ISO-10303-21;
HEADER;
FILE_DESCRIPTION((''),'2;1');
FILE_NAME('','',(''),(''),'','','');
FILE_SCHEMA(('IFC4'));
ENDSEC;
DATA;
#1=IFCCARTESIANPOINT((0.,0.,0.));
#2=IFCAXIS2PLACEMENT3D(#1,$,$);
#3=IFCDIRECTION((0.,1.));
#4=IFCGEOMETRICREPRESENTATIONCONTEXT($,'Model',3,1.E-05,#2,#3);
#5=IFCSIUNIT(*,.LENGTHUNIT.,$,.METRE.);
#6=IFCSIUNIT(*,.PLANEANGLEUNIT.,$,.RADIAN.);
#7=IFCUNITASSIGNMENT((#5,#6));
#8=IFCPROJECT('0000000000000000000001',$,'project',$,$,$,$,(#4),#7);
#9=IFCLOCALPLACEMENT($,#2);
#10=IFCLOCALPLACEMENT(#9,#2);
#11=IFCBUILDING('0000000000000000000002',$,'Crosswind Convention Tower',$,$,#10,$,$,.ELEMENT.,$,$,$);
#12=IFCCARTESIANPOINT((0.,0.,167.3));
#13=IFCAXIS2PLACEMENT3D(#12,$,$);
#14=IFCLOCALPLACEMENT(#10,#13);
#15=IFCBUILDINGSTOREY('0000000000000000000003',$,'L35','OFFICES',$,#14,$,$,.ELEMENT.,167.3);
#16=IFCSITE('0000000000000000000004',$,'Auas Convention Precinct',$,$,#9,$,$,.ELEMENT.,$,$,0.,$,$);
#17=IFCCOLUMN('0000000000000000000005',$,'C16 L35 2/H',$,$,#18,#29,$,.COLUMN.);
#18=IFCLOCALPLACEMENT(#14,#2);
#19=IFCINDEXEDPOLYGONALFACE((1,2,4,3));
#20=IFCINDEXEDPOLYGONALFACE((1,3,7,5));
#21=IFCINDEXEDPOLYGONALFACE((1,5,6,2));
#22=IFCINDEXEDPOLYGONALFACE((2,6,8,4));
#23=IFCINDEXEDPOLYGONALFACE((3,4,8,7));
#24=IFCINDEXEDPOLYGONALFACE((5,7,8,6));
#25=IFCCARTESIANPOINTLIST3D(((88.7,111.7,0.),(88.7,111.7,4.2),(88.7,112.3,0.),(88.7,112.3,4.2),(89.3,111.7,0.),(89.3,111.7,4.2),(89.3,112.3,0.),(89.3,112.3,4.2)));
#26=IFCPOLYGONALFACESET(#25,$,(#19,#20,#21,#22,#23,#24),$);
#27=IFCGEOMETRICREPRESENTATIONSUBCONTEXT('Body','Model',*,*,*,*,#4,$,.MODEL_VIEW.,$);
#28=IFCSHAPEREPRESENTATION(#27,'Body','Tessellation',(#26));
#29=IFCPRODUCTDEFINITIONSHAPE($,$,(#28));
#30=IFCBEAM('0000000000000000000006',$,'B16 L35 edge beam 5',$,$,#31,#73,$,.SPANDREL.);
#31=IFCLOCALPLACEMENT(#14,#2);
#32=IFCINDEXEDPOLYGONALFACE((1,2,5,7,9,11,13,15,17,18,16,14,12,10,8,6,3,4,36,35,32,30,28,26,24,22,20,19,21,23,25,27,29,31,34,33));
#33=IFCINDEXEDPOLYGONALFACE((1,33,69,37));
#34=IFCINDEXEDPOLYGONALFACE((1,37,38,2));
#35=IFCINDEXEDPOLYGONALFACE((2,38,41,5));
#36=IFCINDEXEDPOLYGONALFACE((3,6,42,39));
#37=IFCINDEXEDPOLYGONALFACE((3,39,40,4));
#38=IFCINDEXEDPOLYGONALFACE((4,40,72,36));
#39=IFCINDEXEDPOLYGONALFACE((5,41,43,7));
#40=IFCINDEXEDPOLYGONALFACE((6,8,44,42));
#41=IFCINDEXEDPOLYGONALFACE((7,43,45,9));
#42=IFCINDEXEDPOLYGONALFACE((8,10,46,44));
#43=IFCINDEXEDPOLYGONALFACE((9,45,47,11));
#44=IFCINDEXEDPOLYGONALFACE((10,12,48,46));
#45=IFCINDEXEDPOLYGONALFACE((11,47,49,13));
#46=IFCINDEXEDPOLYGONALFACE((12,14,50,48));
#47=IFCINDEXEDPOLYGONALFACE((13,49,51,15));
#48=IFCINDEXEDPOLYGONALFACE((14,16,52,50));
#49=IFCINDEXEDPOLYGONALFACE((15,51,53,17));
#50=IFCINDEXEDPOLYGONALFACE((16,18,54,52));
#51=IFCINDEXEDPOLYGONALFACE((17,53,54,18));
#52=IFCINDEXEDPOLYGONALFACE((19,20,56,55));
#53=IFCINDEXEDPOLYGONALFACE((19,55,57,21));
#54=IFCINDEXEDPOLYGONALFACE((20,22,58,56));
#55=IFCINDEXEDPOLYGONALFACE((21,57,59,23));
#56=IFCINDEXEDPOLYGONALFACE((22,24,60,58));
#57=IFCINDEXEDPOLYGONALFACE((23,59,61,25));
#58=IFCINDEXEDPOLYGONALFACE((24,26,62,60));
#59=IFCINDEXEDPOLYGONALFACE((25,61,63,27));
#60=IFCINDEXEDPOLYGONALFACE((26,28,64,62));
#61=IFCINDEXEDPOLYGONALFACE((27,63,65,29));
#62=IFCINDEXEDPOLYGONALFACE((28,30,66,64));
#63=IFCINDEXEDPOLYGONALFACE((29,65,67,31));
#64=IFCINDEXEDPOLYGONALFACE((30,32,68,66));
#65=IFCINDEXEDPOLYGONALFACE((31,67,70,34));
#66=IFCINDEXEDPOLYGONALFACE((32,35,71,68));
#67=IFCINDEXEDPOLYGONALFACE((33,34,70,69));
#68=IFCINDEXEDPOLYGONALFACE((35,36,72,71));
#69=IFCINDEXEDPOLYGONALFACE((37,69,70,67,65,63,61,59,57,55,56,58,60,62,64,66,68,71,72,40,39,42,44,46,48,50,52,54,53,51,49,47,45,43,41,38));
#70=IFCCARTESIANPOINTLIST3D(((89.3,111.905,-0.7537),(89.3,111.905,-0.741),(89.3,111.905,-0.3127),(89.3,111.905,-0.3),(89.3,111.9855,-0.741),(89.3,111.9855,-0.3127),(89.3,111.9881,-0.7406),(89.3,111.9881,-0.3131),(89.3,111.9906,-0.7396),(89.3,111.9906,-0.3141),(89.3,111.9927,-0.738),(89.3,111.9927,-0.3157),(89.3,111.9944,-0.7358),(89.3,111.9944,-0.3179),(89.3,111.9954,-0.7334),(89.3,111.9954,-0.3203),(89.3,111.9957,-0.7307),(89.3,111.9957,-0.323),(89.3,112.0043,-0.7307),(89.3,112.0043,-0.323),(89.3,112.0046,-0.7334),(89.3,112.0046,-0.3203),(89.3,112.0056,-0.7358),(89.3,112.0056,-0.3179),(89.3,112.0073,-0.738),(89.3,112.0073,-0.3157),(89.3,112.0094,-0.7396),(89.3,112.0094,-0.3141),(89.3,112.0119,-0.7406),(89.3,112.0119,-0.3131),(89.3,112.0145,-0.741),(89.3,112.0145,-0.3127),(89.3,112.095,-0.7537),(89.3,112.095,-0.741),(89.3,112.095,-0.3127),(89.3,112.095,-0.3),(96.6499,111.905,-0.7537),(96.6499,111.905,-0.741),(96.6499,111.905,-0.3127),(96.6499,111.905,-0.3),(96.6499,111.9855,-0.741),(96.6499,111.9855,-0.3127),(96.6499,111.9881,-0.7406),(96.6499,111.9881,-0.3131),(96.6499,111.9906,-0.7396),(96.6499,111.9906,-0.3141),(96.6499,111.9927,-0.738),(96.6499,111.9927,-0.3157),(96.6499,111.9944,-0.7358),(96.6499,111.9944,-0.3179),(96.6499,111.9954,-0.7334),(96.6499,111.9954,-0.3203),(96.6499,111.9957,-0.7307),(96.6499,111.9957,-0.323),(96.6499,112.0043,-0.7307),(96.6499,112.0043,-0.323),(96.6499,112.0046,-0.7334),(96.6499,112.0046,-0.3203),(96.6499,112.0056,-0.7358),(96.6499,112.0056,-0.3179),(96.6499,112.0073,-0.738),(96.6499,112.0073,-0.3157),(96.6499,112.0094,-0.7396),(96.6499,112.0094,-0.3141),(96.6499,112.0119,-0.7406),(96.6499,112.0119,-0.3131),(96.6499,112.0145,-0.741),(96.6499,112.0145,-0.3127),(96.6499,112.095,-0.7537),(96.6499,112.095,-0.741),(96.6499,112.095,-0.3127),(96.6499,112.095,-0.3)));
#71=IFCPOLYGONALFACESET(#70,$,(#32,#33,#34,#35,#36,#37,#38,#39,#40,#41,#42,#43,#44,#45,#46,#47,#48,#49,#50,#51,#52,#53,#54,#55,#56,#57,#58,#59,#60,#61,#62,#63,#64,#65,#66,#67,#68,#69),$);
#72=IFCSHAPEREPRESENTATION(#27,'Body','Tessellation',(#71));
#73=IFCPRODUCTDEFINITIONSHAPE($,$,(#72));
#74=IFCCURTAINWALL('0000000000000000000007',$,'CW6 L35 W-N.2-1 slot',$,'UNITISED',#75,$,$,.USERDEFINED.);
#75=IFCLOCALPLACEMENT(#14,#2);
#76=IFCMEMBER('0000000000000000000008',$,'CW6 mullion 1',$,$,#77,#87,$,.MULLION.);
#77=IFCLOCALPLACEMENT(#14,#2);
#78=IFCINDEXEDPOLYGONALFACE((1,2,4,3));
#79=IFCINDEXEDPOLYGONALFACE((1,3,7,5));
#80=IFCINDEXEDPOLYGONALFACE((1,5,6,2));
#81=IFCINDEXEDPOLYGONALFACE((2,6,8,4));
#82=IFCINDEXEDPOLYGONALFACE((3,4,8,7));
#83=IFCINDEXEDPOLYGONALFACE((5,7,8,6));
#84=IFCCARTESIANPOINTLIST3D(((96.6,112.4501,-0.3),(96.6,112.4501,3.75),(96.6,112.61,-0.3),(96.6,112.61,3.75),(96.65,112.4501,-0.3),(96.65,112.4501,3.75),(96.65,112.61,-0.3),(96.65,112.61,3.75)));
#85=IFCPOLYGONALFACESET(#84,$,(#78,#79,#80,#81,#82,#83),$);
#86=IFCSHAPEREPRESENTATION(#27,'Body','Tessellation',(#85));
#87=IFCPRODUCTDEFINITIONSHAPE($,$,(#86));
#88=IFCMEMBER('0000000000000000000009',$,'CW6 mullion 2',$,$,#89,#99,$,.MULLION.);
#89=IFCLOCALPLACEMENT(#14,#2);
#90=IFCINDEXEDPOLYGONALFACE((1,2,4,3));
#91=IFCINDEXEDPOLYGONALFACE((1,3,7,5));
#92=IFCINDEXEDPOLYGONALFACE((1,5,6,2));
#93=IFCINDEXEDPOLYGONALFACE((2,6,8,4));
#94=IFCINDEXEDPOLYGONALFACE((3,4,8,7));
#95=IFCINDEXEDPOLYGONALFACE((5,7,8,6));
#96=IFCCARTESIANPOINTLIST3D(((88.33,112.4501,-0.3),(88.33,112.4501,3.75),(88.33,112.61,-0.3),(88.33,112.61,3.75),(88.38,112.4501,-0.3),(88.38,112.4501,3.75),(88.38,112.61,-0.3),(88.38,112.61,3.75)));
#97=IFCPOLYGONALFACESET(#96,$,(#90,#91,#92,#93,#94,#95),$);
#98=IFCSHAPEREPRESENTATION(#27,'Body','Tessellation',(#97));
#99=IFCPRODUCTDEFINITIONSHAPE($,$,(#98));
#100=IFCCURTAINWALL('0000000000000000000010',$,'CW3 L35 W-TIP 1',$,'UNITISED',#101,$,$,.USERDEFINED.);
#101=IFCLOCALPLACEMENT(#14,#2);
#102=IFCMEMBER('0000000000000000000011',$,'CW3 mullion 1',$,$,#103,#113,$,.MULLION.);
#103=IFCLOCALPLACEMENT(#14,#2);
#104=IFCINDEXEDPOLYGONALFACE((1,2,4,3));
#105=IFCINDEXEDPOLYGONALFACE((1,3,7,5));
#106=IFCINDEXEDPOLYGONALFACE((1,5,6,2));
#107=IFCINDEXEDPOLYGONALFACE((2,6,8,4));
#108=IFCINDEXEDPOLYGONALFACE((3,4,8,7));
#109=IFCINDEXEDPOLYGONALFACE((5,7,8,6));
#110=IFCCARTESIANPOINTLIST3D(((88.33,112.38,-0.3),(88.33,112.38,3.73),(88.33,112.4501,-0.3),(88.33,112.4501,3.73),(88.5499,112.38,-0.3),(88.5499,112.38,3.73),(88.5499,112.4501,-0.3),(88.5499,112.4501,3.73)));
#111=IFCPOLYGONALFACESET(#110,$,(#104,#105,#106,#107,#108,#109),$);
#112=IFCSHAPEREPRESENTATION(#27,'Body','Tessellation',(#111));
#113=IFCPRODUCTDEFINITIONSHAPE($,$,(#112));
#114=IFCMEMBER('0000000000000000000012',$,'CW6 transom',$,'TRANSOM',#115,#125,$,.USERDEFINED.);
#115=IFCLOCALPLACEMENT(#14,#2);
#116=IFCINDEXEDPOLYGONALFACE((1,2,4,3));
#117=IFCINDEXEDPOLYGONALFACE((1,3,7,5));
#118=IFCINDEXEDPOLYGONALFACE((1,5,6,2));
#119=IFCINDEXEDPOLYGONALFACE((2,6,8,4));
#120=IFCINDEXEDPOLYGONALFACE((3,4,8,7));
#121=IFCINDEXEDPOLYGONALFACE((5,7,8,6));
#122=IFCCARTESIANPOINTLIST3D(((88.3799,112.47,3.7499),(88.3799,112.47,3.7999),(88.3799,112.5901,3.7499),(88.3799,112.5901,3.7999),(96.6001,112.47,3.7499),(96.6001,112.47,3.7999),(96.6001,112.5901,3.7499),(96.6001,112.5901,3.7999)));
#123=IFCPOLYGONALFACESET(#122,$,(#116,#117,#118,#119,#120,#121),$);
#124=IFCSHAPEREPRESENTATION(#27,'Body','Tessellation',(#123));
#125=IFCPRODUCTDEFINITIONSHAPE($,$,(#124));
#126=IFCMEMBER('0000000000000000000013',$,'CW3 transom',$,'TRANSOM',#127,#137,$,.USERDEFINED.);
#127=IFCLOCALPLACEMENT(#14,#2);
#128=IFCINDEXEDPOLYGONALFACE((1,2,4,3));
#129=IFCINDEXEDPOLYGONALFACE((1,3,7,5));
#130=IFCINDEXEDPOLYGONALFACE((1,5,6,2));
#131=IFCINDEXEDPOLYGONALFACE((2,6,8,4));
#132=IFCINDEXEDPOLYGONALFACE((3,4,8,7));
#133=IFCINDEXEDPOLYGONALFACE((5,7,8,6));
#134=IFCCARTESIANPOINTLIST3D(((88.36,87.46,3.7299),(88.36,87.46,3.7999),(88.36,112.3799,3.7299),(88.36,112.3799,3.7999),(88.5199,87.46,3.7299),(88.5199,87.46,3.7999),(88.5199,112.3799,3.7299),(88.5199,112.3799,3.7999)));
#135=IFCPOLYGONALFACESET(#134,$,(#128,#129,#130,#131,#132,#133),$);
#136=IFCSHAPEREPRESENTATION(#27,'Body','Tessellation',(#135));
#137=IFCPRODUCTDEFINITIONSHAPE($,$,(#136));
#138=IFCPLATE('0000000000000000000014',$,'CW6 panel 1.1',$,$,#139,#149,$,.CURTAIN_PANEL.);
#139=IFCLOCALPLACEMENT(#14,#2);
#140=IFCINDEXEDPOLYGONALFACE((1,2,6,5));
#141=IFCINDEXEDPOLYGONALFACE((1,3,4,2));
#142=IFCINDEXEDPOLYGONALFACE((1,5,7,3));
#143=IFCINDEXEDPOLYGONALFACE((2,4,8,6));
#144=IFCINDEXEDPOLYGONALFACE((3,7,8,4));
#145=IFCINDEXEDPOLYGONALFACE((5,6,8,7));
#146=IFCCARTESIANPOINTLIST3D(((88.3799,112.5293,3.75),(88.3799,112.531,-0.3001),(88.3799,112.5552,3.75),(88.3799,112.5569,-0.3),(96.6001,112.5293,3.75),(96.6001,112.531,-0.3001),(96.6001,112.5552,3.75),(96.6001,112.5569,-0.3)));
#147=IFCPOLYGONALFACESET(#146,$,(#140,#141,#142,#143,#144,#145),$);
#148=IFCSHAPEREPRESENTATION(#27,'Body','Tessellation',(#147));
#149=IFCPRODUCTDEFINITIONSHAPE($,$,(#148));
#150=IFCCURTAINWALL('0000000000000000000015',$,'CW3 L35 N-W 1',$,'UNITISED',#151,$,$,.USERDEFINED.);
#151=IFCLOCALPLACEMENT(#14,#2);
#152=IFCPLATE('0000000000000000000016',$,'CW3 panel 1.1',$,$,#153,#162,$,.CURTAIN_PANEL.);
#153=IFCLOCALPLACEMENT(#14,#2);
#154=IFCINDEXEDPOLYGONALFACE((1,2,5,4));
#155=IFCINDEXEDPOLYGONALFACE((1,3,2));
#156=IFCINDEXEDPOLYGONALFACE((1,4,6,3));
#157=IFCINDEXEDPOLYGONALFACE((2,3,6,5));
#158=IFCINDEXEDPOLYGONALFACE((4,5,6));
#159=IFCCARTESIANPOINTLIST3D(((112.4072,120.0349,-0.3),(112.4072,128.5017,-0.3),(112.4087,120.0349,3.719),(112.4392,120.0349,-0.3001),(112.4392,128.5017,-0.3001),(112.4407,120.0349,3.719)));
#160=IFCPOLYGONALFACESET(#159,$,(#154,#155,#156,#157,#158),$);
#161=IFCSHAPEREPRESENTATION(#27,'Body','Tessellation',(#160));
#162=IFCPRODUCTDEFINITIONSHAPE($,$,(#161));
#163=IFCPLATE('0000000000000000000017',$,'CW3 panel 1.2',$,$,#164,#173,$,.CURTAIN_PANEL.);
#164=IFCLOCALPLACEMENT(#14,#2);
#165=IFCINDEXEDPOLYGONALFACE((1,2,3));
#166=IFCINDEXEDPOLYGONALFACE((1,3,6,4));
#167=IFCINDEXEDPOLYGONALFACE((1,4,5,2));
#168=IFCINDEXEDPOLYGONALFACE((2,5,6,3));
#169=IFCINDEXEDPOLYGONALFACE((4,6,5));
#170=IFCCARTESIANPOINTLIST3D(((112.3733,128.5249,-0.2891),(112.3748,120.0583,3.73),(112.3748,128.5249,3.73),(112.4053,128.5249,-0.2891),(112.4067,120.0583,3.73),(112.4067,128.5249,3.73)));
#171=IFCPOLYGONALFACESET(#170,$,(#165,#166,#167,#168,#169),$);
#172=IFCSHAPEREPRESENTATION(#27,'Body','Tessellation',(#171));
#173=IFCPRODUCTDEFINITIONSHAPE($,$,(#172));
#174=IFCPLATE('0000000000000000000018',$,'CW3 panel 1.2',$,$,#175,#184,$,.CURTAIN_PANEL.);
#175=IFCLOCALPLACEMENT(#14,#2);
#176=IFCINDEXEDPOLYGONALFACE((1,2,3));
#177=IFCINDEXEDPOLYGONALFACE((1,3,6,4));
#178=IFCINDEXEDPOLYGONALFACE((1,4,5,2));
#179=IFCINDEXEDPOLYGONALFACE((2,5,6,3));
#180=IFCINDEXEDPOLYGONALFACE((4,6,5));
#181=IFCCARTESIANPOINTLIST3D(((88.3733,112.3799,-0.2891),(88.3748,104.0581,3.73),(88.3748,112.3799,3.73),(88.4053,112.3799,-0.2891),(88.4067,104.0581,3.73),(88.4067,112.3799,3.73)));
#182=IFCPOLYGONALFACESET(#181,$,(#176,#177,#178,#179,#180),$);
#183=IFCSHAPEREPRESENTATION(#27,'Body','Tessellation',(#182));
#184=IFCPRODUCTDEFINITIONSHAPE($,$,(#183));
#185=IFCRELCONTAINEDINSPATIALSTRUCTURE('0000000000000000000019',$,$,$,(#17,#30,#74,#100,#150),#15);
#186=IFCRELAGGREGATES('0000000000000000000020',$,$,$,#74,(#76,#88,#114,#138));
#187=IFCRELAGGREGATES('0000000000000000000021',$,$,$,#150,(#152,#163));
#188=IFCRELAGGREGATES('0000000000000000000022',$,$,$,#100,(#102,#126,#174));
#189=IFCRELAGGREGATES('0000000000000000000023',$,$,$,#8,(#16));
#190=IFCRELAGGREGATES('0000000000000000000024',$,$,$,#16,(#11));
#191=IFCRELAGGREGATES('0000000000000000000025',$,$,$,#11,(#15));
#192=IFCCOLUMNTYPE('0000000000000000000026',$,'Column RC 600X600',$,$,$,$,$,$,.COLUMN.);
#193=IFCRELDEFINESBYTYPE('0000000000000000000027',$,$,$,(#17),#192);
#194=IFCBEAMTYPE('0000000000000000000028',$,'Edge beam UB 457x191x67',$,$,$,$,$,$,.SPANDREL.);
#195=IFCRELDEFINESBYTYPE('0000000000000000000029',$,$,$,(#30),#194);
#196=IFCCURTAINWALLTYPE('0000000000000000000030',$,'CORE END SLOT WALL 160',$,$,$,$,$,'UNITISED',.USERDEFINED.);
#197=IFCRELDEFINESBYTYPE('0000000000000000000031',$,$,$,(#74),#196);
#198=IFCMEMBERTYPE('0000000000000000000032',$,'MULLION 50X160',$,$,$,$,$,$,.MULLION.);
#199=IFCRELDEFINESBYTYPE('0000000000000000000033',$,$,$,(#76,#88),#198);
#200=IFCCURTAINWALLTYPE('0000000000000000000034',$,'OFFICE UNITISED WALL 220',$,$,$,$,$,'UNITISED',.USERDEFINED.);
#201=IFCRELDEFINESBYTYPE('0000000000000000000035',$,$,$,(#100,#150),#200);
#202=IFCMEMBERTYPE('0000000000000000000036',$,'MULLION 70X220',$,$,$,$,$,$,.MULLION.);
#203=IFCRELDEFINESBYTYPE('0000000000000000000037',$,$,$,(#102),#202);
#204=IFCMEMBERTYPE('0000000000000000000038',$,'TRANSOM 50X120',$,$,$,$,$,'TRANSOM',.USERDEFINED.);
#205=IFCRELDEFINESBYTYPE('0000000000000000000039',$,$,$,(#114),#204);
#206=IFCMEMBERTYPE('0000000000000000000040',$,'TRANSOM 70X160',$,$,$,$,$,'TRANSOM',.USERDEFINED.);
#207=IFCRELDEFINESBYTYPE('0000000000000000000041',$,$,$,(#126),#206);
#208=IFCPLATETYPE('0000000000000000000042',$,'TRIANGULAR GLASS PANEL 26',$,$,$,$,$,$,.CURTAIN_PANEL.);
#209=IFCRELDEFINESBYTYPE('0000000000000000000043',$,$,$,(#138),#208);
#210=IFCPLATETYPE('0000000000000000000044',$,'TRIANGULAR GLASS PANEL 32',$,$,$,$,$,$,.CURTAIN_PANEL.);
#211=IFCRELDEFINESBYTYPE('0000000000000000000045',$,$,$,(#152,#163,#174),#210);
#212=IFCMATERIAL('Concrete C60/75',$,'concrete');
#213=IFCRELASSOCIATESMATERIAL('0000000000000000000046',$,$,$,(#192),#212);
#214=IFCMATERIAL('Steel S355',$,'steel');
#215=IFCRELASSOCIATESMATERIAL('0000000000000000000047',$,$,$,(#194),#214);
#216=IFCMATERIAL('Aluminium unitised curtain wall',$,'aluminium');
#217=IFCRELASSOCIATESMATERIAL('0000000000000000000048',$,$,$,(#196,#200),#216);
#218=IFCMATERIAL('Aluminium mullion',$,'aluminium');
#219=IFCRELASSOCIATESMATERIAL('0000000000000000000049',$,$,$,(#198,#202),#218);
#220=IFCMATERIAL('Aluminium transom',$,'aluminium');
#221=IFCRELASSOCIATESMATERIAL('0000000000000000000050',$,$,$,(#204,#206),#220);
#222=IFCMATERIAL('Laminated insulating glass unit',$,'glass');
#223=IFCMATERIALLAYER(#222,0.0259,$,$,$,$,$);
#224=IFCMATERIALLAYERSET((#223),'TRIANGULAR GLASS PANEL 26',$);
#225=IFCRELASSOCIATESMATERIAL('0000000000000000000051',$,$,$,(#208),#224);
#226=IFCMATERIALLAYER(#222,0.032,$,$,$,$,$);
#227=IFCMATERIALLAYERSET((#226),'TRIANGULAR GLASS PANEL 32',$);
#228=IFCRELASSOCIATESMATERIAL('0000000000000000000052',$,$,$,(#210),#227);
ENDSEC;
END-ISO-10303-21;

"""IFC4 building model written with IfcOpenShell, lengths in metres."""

from ifc_helpers import new_model, si_unit, direction, frame, origin, origin_2d, place, context, subcontext, project, spatial, polyline, rectangle, i_section, outline, extrude, material, layer, layer_set, material_profile, profile_set, type_object, element, aggregate, save


model = new_model("IFC4")

# Units and contexts
model_context = context("Model", 3, precision=1e-05, world=origin(), true_north=direction((0.0, 1.0)))
body_context = subcontext(model_context, "Body", "Model", "MODEL_VIEW")
ifc_project = project(units=[si_unit("LENGTHUNIT", "METRE"), si_unit("PLANEANGLEUNIT", "RADIAN")], contexts=[model_context])

# Site, building, storey
site_placement = place(None, origin())
site = spatial("IfcSite", under=ifc_project, at=site_placement, Name="Auas Convention Precinct", CompositionType="ELEMENT", RefElevation=0.0)
building_placement = place(site_placement, origin())
building = spatial("IfcBuilding", under=site, at=building_placement, Name="Crosswind Convention Tower", CompositionType="ELEMENT")
storey_placement = place(building_placement, frame((0.0, 0.0, 167.3)))
storey = spatial("IfcBuildingStorey", under=building, at=storey_placement, Name="L35", Description="OFFICES", CompositionType="ELEMENT", Elevation=167.3)

# Column
ifc_material_1 = material(Name="Concrete C60/75", Category="concrete")
ifc_material_profile_1 = material_profile(ifc_material_1, rectangle(XDim=0.6001, YDim=0.6001, at=origin_2d()), Name="RC 600X600")
ifc_profile_set_1 = profile_set([ifc_material_profile_1], Name="Concrete C60/75")
column_type = type_object("IfcColumnType", Name="Column RC 600X600", PredefinedType="COLUMN", material=ifc_profile_set_1)
column_placement = place(storey_placement, frame((89.0, 112.0, 0.0), z_axis=(0.0, 0.0, 1.0), x_axis=(1.0, 0.0, 0.0)))
element("IfcColumn", 1, at=column_placement, inside=storey, type_object=column_type, Name="C16 L35 2/H", PredefinedType="COLUMN", context=body_context, shape_type="SweptSolid", body=[
    extrude(rectangle(XDim=0.6001, YDim=0.6001, at=origin_2d()), origin(), (0.0, 0.0, 1.0), 4.2),
])

# Beam
ifc_material_2 = material(Name="Steel S355", Category="steel")
ifc_material_profile_2 = material_profile(ifc_material_2, i_section(OverallWidth=0.1899, OverallDepth=0.4536, WebThickness=0.0085, FlangeThickness=0.0127, FilletRadius=0.0103, at=origin_2d()), Name="UB 457x191x67")
ifc_profile_set_2 = profile_set([ifc_material_profile_2], Name="Steel S355")
beam_type = type_object("IfcBeamType", Name="Edge beam UB 457x191x67", PredefinedType="SPANDREL", material=ifc_profile_set_2)
beam_placement = place(storey_placement, frame((89.3, 112.0, -0.5269), z_axis=(1.0, 0.0, 0.0), x_axis=(0.0, 1.0, 0.0)))
element("IfcBeam", 2, at=beam_placement, inside=storey, type_object=beam_type, Name="B16 L35 edge beam 5", PredefinedType="SPANDREL", context=body_context, shape_type="SweptSolid", body=[
    extrude(i_section(OverallWidth=0.1899, OverallDepth=0.4536, WebThickness=0.0085, FlangeThickness=0.0127, FilletRadius=0.0103, at=origin_2d()), origin(), (0.0, 0.0, 1.0), 7.3499),
])

# Curtain wall, members
ifc_material_3 = material(Name="Aluminium unitised curtain wall", Category="aluminium")
curtain_wall_type_1 = type_object("IfcCurtainWallType", Name="CORE END SLOT WALL 160", ElementType="UNITISED", PredefinedType="USERDEFINED", material=ifc_material_3)
curtain_wall_1_placement = place(storey_placement, origin())
curtain_wall_1 = element("IfcCurtainWall", 3, at=curtain_wall_1_placement, inside=storey, type_object=curtain_wall_type_1, Name="CW6 L35 W-N.2-1 slot", ObjectType="UNITISED", PredefinedType="USERDEFINED")
ifc_material_4 = material(Name="Aluminium mullion", Category="aluminium")
ifc_material_profile_3 = material_profile(ifc_material_4, rectangle(XDim=0.1599, YDim=0.05, at=origin_2d()), Name="AL 160X50")
ifc_profile_set_3 = profile_set([ifc_material_profile_3], Name="Aluminium mullion")
member_type_1 = type_object("IfcMemberType", Name="MULLION 50X160", PredefinedType="MULLION", material=ifc_profile_set_3)
member_1_placement = place(storey_placement, frame((96.625, 112.53, -0.3), z_axis=(0.0, 0.0, 1.0), x_axis=(0.0, 1.0, 0.0)))
member_1 = element("IfcMember", 4, at=member_1_placement, type_object=member_type_1, Name="CW6 mullion 1", PredefinedType="MULLION", context=body_context, shape_type="SweptSolid", body=[
    extrude(rectangle(XDim=0.1599, YDim=0.05, at=origin_2d()), origin(), (0.0, 0.0, 1.0), 4.05),
])
member_2_placement = place(storey_placement, frame((88.355, 112.53, -0.3), z_axis=(0.0, 0.0, 1.0), x_axis=(0.0, 1.0, 0.0)))
member_2 = element("IfcMember", 5, at=member_2_placement, type_object=member_type_1, Name="CW6 mullion 2", PredefinedType="MULLION", context=body_context, shape_type="SweptSolid", body=[
    extrude(rectangle(XDim=0.1599, YDim=0.05, at=origin_2d()), origin(), (0.0, 0.0, 1.0), 4.05),
])

# Curtain wall, member
curtain_wall_type_2 = type_object("IfcCurtainWallType", Name="OFFICE UNITISED WALL 220", ElementType="UNITISED", PredefinedType="USERDEFINED", material=ifc_material_3)
curtain_wall_2_placement = place(storey_placement, origin())
curtain_wall_2 = element("IfcCurtainWall", 6, at=curtain_wall_2_placement, inside=storey, type_object=curtain_wall_type_2, Name="CW3 L35 W-TIP 1", ObjectType="UNITISED", PredefinedType="USERDEFINED")
ifc_material_profile_4 = material_profile(ifc_material_4, rectangle(XDim=0.22, YDim=0.0701, at=origin_2d()), Name="AL 220X70")
ifc_profile_set_4 = profile_set([ifc_material_profile_4], Name="Aluminium mullion")
member_type_2 = type_object("IfcMemberType", Name="MULLION 70X220", PredefinedType="MULLION", material=ifc_profile_set_4)
member_3_placement = place(storey_placement, frame((88.4399, 112.415, -0.3), z_axis=(0.0, 0.0, 1.0), x_axis=(-1.0, 0.0, 0.0)))
member_3 = element("IfcMember", 7, at=member_3_placement, type_object=member_type_2, Name="CW3 mullion 1", PredefinedType="MULLION", context=body_context, shape_type="SweptSolid", body=[
    extrude(rectangle(XDim=0.22, YDim=0.0701, at=origin_2d()), origin(), (0.0, 0.0, 1.0), 4.03),
])

# Members
ifc_material_5 = material(Name="Aluminium transom", Category="aluminium")
ifc_material_profile_5 = material_profile(ifc_material_5, rectangle(XDim=0.1201, YDim=0.05, at=origin_2d()), Name="AL 120X50")
ifc_profile_set_5 = profile_set([ifc_material_profile_5], Name="Aluminium transom")
member_type_3 = type_object("IfcMemberType", Name="TRANSOM 50X120", ElementType="TRANSOM", PredefinedType="USERDEFINED", material=ifc_profile_set_5)
member_4_placement = place(storey_placement, frame((96.6001, 112.53, 3.7749), z_axis=(-1.0, 0.0, 0.0), x_axis=(0.0, -1.0, 0.0)))
member_4 = element("IfcMember", 8, at=member_4_placement, type_object=member_type_3, Name="CW6 transom", ObjectType="TRANSOM", PredefinedType="USERDEFINED", context=body_context, shape_type="SweptSolid", body=[
    extrude(rectangle(XDim=0.1201, YDim=0.05, at=origin_2d()), origin(), (0.0, 0.0, 1.0), 8.2202),
])
ifc_material_profile_6 = material_profile(ifc_material_5, rectangle(XDim=0.1599, YDim=0.0701, at=origin_2d()), Name="AL 160X70")
ifc_profile_set_6 = profile_set([ifc_material_profile_6], Name="Aluminium transom")
member_type_4 = type_object("IfcMemberType", Name="TRANSOM 70X160", ElementType="TRANSOM", PredefinedType="USERDEFINED", material=ifc_profile_set_6)
member_5_placement = place(storey_placement, frame((88.4399, 112.3799, 3.7649), z_axis=(0.0, -1.0, 0.0), x_axis=(1.0, 0.0, 0.0)))
member_5 = element("IfcMember", 9, at=member_5_placement, type_object=member_type_4, Name="CW3 transom", ObjectType="TRANSOM", PredefinedType="USERDEFINED", context=body_context, shape_type="SweptSolid", body=[
    extrude(rectangle(XDim=0.1599, YDim=0.0701, at=origin_2d()), origin(), (0.0, 0.0, 1.0), 24.9199),
])

# Plate
ifc_material_6 = material(Name="Laminated insulating glass unit", Category="glass")
ifc_layer_1 = layer(ifc_material_6, 0.0259)
ifc_layer_set_1 = layer_set([ifc_layer_1], Name="TRIANGULAR GLASS PANEL 26")
plate_type_1 = type_object("IfcPlateType", Name="TRIANGULAR GLASS PANEL 26", PredefinedType="CURTAIN_PANEL", material=ifc_layer_set_1)
plate_1_placement = place(storey_placement, frame((96.6001, 112.5569, -0.3), z_axis=(0.0, 1.0, 0.000422), x_axis=(-1.0, 0.0, 0.0)))
plate_1 = element("IfcPlate", 10, at=plate_1_placement, type_object=plate_type_1, Name="CW6 panel 1.1", PredefinedType="CURTAIN_PANEL", context=body_context, shape_type="SweptSolid", body=[
    extrude(outline(polyline([(0.0, 0.0), (8.2202, 0.0), (8.2202, 4.05), (0.0, 4.05), (0.0, 0.0)])), origin(), (0.0, 0.0, -1.0), 0.0259),
])
aggregate(curtain_wall_1, [member_1, member_2, member_4, plate_1])

# Curtain wall, plates
curtain_wall_3_placement = place(storey_placement, origin())
curtain_wall_3 = element("IfcCurtainWall", 11, at=curtain_wall_3_placement, inside=storey, type_object=curtain_wall_type_2, Name="CW3 L35 N-W 1", ObjectType="UNITISED", PredefinedType="USERDEFINED")
ifc_layer_2 = layer(ifc_material_6, 0.032)
ifc_layer_set_2 = layer_set([ifc_layer_2], Name="TRIANGULAR GLASS PANEL 32")
plate_type_2 = type_object("IfcPlateType", Name="TRIANGULAR GLASS PANEL 32", PredefinedType="CURTAIN_PANEL", material=ifc_layer_set_2)
plate_2_placement = place(storey_placement, frame((112.4072, 120.0349, -0.3), z_axis=(-1.0, 0.0, 0.000364), x_axis=(0.000364, 0.0, 1.0)))
plate_2 = element("IfcPlate", 12, at=plate_2_placement, type_object=plate_type_2, Name="CW3 panel 1.1", PredefinedType="CURTAIN_PANEL", context=body_context, shape_type="SweptSolid", body=[
    extrude(outline(polyline([(0.0, 0.0), (4.019, 0.0), (0.0, 8.4668), (0.0, 0.0)])), origin(), (0.0, 0.0, -1.0), 0.032),
])
plate_3_placement = place(storey_placement, frame((112.3748, 128.5249, 3.73), z_axis=(-1.0, 0.0, 0.000364), x_axis=(-0.000364, 0.0, -1.0)))
plate_3 = element("IfcPlate", 13, at=plate_3_placement, type_object=plate_type_2, Name="CW3 panel 1.2", PredefinedType="CURTAIN_PANEL", context=body_context, shape_type="SweptSolid", body=[
    extrude(outline(polyline([(0.0, 0.0), (4.019, 0.0), (0.0, 8.4666), (0.0, 0.0)])), origin(), (0.0, 0.0, -1.0), 0.032),
])

# Plate
plate_4_placement = place(storey_placement, frame((88.3748, 112.3799, 3.73), z_axis=(-1.0, 0.0, 0.000364), x_axis=(-0.000364, 0.0, -1.0)))
plate_4 = element("IfcPlate", 14, at=plate_4_placement, type_object=plate_type_2, Name="CW3 panel 1.2", PredefinedType="CURTAIN_PANEL", context=body_context, shape_type="SweptSolid", body=[
    extrude(outline(polyline([(0.0, 0.0), (4.019, 0.0), (0.0, 8.3218), (0.0, 0.0)])), origin(), (0.0, 0.0, -1.0), 0.032),
])

aggregate(curtain_wall_3, [plate_2, plate_3])
aggregate(curtain_wall_2, [member_3, member_5, plate_4])

save(model, "model.ifc")
